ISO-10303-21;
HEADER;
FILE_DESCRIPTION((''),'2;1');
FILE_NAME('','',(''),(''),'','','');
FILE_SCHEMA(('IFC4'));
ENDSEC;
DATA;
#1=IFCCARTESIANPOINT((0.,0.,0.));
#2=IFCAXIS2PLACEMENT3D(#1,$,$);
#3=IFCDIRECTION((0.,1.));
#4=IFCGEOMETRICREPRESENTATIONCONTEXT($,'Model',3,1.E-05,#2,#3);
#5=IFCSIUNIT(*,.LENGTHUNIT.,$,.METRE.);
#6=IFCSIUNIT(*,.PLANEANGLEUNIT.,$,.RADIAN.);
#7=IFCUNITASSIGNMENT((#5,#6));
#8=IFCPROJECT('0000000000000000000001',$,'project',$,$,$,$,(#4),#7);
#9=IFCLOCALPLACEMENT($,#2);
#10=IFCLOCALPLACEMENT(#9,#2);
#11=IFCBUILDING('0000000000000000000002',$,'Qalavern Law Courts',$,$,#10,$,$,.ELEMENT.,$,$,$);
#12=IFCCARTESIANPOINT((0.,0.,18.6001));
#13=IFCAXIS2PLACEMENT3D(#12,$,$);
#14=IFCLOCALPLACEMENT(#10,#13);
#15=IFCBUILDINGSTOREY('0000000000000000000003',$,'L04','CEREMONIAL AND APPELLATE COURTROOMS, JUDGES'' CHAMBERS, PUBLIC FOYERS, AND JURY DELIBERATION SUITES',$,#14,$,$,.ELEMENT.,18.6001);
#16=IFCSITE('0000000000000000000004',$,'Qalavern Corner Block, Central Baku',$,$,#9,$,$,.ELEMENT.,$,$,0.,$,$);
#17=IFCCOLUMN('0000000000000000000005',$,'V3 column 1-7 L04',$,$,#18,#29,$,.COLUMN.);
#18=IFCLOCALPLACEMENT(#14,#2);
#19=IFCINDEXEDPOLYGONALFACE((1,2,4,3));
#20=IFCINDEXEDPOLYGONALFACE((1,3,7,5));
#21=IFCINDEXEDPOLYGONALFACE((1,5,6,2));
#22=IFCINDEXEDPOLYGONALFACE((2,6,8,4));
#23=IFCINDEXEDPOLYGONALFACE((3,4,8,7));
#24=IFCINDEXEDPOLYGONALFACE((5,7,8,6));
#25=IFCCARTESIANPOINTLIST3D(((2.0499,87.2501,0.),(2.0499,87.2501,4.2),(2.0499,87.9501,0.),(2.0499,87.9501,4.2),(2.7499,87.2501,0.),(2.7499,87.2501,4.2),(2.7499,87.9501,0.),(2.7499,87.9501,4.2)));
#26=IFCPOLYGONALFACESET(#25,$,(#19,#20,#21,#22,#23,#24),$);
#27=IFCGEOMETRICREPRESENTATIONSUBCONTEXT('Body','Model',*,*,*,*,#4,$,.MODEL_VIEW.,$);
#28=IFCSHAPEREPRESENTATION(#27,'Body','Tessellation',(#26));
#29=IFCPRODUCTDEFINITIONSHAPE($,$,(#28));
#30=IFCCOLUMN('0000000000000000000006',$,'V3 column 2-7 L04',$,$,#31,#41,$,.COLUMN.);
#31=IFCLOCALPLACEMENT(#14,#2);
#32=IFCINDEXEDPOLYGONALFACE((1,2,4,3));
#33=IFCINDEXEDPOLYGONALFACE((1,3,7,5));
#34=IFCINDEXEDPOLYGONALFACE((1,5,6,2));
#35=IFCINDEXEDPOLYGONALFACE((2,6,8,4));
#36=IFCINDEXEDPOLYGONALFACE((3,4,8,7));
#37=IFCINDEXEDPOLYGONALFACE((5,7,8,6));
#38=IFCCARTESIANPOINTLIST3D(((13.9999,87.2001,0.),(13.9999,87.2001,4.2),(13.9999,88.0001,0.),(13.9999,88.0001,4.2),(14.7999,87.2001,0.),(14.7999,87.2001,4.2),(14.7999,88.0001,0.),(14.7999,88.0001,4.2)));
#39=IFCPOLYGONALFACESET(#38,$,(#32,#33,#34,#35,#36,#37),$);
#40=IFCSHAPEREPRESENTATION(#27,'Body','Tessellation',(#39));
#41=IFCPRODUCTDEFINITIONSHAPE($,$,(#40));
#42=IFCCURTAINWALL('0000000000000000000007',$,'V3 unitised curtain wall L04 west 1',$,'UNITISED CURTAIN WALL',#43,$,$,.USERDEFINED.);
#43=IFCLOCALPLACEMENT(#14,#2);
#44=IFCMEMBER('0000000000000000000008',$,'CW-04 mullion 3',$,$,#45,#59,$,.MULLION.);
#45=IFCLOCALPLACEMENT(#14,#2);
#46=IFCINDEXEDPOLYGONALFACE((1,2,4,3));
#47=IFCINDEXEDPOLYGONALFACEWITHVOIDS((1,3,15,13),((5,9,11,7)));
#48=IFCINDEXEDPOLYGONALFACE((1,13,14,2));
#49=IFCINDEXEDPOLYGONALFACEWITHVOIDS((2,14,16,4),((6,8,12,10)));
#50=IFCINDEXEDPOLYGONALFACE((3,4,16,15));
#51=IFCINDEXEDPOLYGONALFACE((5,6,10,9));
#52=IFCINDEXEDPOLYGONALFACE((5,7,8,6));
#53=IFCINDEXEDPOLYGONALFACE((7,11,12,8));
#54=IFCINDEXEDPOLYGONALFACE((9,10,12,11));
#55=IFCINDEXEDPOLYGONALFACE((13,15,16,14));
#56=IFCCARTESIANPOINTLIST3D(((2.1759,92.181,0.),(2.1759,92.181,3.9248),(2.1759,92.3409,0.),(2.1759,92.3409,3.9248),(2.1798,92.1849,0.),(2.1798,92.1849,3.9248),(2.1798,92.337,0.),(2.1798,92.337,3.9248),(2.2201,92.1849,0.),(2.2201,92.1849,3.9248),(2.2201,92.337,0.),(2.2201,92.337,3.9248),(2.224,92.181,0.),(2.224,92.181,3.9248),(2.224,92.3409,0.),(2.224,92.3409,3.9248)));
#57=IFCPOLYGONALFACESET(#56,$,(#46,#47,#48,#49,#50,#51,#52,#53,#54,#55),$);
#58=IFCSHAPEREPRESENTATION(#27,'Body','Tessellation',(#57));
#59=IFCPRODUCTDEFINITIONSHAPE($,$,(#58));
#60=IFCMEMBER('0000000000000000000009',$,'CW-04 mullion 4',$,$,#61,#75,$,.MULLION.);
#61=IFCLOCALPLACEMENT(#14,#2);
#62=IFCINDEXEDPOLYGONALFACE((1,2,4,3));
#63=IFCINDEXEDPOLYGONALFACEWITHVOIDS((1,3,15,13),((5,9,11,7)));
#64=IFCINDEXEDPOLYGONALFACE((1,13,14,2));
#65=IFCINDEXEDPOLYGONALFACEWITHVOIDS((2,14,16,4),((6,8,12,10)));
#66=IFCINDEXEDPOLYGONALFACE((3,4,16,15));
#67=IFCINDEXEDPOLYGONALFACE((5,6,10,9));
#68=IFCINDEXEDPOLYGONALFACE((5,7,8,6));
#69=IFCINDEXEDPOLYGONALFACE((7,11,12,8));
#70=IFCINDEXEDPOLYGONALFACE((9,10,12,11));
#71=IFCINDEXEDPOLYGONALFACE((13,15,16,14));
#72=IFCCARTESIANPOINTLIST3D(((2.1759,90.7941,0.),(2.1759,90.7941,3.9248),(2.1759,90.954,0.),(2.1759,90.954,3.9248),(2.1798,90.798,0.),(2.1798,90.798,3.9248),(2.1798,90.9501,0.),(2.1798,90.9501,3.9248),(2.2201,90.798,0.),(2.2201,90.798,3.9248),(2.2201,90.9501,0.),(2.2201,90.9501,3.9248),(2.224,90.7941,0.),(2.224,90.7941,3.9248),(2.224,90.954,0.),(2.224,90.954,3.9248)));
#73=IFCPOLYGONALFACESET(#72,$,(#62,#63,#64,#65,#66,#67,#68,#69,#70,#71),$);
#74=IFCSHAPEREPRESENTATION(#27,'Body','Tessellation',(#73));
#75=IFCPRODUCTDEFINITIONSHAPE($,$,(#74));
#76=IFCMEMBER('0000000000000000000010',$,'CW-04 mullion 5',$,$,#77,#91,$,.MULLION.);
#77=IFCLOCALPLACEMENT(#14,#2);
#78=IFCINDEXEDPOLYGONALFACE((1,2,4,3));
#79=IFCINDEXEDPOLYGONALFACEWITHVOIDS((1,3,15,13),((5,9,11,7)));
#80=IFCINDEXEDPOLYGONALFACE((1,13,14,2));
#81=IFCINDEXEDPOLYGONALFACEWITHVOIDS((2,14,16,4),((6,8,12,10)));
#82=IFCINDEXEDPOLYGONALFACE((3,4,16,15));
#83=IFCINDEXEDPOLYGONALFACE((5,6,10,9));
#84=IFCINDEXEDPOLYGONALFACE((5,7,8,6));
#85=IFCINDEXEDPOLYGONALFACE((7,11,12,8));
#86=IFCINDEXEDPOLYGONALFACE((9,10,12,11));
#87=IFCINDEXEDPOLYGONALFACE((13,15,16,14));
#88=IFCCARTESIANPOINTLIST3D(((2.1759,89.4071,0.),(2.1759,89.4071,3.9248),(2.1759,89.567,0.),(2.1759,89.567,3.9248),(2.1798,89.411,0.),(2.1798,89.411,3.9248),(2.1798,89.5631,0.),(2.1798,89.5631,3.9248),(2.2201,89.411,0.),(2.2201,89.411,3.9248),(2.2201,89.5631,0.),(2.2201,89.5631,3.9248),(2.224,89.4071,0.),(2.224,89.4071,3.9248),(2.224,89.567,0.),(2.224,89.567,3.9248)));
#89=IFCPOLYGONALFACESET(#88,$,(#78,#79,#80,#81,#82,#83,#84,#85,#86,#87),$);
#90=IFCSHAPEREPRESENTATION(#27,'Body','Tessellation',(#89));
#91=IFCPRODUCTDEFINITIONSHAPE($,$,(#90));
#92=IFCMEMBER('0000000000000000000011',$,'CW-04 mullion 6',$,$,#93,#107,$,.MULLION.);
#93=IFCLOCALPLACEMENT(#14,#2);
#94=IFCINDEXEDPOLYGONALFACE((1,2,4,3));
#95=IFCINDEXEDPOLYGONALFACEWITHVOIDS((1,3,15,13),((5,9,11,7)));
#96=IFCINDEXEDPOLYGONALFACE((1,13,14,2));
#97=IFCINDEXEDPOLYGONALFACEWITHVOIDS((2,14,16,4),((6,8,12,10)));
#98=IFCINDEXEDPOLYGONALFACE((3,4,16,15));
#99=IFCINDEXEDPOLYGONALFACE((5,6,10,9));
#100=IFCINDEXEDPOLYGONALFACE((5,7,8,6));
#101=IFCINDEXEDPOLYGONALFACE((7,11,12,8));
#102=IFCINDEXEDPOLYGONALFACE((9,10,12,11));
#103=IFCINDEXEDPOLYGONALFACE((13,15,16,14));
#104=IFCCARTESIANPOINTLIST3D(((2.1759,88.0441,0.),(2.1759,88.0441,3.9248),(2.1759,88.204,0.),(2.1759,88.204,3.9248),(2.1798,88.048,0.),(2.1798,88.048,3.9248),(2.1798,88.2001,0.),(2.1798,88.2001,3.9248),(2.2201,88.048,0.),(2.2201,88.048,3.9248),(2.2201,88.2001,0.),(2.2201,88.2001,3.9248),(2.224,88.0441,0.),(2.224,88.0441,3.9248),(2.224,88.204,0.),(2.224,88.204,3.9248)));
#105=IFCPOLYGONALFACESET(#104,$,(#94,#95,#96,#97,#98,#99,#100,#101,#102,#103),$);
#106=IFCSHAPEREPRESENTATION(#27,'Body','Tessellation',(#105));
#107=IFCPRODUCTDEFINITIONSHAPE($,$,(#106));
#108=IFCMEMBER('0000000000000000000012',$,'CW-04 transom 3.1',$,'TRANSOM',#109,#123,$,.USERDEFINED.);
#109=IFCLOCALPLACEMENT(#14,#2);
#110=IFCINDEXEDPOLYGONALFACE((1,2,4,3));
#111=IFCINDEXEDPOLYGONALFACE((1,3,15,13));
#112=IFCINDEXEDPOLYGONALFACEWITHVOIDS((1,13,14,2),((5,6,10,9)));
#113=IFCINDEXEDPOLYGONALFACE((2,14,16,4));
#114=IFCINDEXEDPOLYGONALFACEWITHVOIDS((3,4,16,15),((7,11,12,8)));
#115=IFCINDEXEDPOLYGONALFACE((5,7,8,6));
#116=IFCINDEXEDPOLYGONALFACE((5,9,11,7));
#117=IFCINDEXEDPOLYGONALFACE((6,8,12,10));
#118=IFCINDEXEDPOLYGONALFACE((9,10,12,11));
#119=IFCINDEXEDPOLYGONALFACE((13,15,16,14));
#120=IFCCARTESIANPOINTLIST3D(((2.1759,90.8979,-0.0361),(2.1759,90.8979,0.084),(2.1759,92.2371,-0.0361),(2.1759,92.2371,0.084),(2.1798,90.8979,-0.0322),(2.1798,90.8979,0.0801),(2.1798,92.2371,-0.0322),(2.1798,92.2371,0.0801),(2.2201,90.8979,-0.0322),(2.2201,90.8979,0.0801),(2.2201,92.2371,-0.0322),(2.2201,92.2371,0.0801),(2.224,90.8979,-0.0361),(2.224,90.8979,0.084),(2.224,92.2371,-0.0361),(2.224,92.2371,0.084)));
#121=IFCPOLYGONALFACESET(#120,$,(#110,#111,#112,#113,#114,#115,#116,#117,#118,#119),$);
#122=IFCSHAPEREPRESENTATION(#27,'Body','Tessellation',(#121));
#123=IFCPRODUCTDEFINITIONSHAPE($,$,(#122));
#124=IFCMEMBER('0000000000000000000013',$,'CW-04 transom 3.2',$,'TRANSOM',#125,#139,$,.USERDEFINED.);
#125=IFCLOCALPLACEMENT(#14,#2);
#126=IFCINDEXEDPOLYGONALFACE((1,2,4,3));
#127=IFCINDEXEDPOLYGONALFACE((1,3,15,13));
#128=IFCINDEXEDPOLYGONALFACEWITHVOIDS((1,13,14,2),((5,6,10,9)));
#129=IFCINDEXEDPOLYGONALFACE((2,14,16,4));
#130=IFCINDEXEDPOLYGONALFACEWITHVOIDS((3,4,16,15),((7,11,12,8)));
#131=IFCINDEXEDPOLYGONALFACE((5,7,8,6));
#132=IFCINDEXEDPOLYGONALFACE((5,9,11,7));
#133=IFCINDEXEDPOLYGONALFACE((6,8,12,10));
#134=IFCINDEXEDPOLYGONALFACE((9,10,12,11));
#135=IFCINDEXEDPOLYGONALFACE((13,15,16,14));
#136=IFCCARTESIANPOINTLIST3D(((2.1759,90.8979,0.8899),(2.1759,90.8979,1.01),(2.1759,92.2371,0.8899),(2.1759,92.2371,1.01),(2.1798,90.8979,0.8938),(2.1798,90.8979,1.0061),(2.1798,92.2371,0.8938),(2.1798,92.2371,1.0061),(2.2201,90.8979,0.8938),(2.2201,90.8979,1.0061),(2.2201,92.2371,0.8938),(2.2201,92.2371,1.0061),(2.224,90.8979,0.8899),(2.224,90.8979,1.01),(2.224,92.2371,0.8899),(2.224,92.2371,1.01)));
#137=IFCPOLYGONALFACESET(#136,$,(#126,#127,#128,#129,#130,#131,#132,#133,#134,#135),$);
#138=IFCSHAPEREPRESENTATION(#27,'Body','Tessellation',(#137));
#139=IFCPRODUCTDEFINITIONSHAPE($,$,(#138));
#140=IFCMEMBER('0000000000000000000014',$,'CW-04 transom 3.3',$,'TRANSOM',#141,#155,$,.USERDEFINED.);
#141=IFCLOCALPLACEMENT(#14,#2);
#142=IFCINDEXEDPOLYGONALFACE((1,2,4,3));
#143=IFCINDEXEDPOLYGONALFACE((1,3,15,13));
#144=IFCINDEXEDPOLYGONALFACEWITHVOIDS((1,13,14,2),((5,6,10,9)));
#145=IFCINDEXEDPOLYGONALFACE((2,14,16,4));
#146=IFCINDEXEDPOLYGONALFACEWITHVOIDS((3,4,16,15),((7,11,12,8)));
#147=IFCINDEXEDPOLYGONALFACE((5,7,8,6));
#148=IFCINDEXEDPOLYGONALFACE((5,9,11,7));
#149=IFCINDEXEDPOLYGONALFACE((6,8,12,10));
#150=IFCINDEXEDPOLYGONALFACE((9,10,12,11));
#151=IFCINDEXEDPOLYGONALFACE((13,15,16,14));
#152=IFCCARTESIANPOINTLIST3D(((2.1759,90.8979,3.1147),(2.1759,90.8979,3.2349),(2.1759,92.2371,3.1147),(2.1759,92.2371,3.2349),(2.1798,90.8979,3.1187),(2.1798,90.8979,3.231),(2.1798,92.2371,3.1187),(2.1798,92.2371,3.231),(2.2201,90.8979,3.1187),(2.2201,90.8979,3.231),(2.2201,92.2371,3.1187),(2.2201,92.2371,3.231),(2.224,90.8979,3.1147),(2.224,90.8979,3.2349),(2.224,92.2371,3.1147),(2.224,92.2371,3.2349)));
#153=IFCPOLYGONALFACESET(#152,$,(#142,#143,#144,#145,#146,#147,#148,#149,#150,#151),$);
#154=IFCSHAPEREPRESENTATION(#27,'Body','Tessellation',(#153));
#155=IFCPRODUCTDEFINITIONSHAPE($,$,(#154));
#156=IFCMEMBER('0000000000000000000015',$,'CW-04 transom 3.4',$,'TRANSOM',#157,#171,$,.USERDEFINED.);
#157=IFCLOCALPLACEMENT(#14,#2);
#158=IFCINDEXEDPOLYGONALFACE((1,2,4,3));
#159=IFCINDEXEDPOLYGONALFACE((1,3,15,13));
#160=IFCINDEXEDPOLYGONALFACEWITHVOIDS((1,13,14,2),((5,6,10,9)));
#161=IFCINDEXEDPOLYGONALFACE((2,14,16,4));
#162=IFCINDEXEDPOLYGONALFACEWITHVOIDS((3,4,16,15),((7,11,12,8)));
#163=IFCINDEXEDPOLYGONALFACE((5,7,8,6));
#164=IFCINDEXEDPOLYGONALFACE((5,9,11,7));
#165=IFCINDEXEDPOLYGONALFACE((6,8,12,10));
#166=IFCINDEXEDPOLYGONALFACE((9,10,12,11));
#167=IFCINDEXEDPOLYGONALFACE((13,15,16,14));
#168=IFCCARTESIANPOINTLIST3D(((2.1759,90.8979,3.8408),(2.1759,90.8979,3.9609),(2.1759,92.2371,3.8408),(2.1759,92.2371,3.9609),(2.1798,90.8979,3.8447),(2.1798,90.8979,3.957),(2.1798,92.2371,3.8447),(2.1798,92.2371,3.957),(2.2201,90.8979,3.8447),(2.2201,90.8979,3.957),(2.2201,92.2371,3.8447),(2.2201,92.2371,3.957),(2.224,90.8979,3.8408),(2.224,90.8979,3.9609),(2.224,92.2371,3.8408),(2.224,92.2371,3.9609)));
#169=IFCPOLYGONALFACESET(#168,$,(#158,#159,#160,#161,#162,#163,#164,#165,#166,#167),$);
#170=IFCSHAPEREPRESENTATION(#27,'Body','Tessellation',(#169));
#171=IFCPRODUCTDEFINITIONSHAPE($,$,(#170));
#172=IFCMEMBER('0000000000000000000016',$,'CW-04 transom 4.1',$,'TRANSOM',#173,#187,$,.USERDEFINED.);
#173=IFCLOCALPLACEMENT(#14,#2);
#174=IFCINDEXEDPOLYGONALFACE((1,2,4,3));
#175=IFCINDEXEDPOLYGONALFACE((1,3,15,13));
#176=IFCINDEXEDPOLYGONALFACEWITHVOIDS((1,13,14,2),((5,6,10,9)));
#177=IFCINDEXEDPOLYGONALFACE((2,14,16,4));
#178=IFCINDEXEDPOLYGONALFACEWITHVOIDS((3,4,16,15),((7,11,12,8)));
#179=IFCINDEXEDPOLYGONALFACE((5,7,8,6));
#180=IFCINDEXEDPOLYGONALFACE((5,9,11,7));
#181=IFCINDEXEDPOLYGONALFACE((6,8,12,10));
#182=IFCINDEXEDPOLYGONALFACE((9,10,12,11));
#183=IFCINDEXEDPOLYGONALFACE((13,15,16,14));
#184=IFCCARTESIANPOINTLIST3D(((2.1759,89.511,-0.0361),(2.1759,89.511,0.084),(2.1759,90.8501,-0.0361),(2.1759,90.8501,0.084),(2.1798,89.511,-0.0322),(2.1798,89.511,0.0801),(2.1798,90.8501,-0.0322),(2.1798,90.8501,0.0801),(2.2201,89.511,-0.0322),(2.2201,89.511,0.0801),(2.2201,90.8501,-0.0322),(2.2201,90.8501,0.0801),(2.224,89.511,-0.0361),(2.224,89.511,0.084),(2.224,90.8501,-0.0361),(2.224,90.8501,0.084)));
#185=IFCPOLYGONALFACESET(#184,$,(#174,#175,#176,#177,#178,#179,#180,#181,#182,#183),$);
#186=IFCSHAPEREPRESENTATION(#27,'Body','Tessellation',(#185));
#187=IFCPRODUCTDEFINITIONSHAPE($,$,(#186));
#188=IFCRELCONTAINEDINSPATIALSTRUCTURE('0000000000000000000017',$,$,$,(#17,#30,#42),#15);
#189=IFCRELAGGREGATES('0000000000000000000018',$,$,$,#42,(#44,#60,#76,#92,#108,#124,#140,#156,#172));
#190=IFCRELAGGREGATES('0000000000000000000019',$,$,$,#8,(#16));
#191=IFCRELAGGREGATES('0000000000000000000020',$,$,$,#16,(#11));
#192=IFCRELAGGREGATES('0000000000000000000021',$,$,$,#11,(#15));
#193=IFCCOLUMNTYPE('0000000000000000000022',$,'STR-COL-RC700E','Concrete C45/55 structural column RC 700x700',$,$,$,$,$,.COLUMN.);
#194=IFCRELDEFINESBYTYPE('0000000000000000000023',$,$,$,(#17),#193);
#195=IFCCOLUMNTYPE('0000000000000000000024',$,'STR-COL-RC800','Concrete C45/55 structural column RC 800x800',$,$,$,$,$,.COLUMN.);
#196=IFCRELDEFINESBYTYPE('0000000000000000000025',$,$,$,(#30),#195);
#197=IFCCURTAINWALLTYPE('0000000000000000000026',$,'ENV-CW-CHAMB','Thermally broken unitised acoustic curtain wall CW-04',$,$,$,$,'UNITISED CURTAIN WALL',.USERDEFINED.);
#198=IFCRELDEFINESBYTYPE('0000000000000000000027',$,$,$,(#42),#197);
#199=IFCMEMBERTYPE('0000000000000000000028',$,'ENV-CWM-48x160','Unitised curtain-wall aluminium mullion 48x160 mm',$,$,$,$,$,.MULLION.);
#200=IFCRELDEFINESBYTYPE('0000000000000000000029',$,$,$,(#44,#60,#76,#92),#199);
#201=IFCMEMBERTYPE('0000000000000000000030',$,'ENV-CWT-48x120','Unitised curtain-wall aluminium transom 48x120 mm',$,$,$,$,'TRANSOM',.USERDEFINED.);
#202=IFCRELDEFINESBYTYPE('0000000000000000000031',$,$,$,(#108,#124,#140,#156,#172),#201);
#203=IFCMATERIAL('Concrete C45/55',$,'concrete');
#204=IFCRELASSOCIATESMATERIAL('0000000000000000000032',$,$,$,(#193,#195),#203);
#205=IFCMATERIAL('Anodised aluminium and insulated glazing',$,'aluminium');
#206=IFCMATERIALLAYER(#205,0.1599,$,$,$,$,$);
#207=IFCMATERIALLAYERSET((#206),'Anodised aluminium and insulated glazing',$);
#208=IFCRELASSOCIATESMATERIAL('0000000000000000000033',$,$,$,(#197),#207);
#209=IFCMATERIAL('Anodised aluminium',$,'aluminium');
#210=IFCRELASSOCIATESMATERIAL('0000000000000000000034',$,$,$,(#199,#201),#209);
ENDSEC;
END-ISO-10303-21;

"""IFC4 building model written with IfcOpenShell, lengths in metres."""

from ifc_helpers import new_model, si_unit, direction, frame, origin, origin_2d, place, context, subcontext, project, spatial, rectangle, hollow_rectangle, extrude, material, layer, layer_set, material_profile, profile_set, type_object, element, aggregate, save


model = new_model("IFC4")

# Units and contexts
model_context = context("Model", 3, precision=1e-05, world=origin(), true_north=direction((0.0, 1.0)))
body_context = subcontext(model_context, "Body", "Model", "MODEL_VIEW")
ifc_project = project(units=[si_unit("LENGTHUNIT", "METRE"), si_unit("PLANEANGLEUNIT", "RADIAN")], contexts=[model_context])

# Site, building, storey
site_placement = place(None, origin())
site = spatial("IfcSite", under=ifc_project, at=site_placement, Name="Qalavern Corner Block, Central Baku", CompositionType="ELEMENT", RefElevation=0.0)
building_placement = place(site_placement, origin())
building = spatial("IfcBuilding", under=site, at=building_placement, Name="Qalavern Law Courts", CompositionType="ELEMENT")
storey_placement = place(building_placement, frame((0.0, 0.0, 18.6001)))
storey = spatial("IfcBuildingStorey", under=building, at=storey_placement, Name="L04", Description="CEREMONIAL AND APPELLATE COURTROOMS, JUDGES' CHAMBERS, PUBLIC FOYERS, AND JURY DELIBERATION SUITES", CompositionType="ELEMENT", Elevation=18.6001)

# Columns
ifc_material_1 = material(Name="Concrete C45/55", Category="concrete")
ifc_material_profile_1 = material_profile(ifc_material_1, rectangle(XDim=0.7, YDim=0.7, at=origin_2d()), Name="RC 700x700")
ifc_profile_set_1 = profile_set([ifc_material_profile_1], Name="Concrete C45/55")
column_type_1 = type_object("IfcColumnType", Name="STR-COL-RC700E", Description="Concrete C45/55 structural column RC 700x700", PredefinedType="COLUMN", material=ifc_profile_set_1)
column_1_placement = place(storey_placement, frame((2.3999, 87.6001, 0.0), z_axis=(0.0, 0.0, 1.0), x_axis=(1.0, 0.0, 0.0)))
element("IfcColumn", 1, at=column_1_placement, inside=storey, type_object=column_type_1, Name="V3 column 1-7 L04", PredefinedType="COLUMN", context=body_context, shape_type="SweptSolid", body=[
    extrude(rectangle(XDim=0.7, YDim=0.7, at=origin_2d()), origin(), (0.0, 0.0, 1.0), 4.2),
])
ifc_material_profile_2 = material_profile(ifc_material_1, rectangle(XDim=0.8, YDim=0.8, at=origin_2d()), Name="RC 800x800")
ifc_profile_set_2 = profile_set([ifc_material_profile_2], Name="Concrete C45/55")
column_type_2 = type_object("IfcColumnType", Name="STR-COL-RC800", Description="Concrete C45/55 structural column RC 800x800", PredefinedType="COLUMN", material=ifc_profile_set_2)
column_2_placement = place(storey_placement, frame((14.3999, 87.6001, 0.0), z_axis=(0.0, 0.0, 1.0), x_axis=(1.0, 0.0, 0.0)))
element("IfcColumn", 2, at=column_2_placement, inside=storey, type_object=column_type_2, Name="V3 column 2-7 L04", PredefinedType="COLUMN", context=body_context, shape_type="SweptSolid", body=[
    extrude(rectangle(XDim=0.8, YDim=0.8, at=origin_2d()), origin(), (0.0, 0.0, 1.0), 4.2),
])

# Curtain wall, members
ifc_material_2 = material(Name="Anodised aluminium and insulated glazing", Category="aluminium")
ifc_layer_1 = layer(ifc_material_2, 0.1599)
ifc_layer_set_1 = layer_set([ifc_layer_1], Name="Anodised aluminium and insulated glazing")
curtain_wall_type = type_object("IfcCurtainWallType", Name="ENV-CW-CHAMB", Description="Thermally broken unitised acoustic curtain wall CW-04", ElementType="UNITISED CURTAIN WALL", PredefinedType="USERDEFINED", material=ifc_layer_set_1)
curtain_wall_placement = place(storey_placement, origin())
curtain_wall = element("IfcCurtainWall", 3, at=curtain_wall_placement, inside=storey, type_object=curtain_wall_type, Name="V3 unitised curtain wall L04 west 1", ObjectType="UNITISED CURTAIN WALL", PredefinedType="USERDEFINED")
ifc_material_3 = material(Name="Anodised aluminium", Category="aluminium")
ifc_material_profile_3 = material_profile(ifc_material_3, hollow_rectangle(XDim=0.0481, YDim=0.1599, WallThickness=0.0039, at=origin_2d()), Name="ALU MULLION 48x160")
ifc_profile_set_3 = profile_set([ifc_material_profile_3], Name="Anodised aluminium")
member_type_1 = type_object("IfcMemberType", Name="ENV-CWM-48x160", Description="Unitised curtain-wall aluminium mullion 48x160 mm", PredefinedType="MULLION", material=ifc_profile_set_3)
member_1_placement = place(storey_placement, frame((2.2, 92.261, 0.0), z_axis=(0.0, 0.0, 1.0), x_axis=(1.0, 0.0, 0.0)))
member_1 = element("IfcMember", 4, at=member_1_placement, type_object=member_type_1, Name="CW-04 mullion 3", PredefinedType="MULLION", context=body_context, shape_type="SweptSolid", body=[
    extrude(hollow_rectangle(XDim=0.0481, YDim=0.1599, WallThickness=0.0039, at=origin_2d()), origin(), (0.0, 0.0, 1.0), 3.9248),
])
member_2_placement = place(storey_placement, frame((2.2, 90.874, 0.0), z_axis=(0.0, 0.0, 1.0), x_axis=(1.0, 0.0, 0.0)))
member_2 = element("IfcMember", 5, at=member_2_placement, type_object=member_type_1, Name="CW-04 mullion 4", PredefinedType="MULLION", context=body_context, shape_type="SweptSolid", body=[
    extrude(hollow_rectangle(XDim=0.0481, YDim=0.1599, WallThickness=0.0039, at=origin_2d()), origin(), (0.0, 0.0, 1.0), 3.9248),
])
member_3_placement = place(storey_placement, frame((2.2, 89.4871, 0.0), z_axis=(0.0, 0.0, 1.0), x_axis=(1.0, 0.0, 0.0)))
member_3 = element("IfcMember", 6, at=member_3_placement, type_object=member_type_1, Name="CW-04 mullion 5", PredefinedType="MULLION", context=body_context, shape_type="SweptSolid", body=[
    extrude(hollow_rectangle(XDim=0.0481, YDim=0.1599, WallThickness=0.0039, at=origin_2d()), origin(), (0.0, 0.0, 1.0), 3.9248),
])
member_4_placement = place(storey_placement, frame((2.2, 88.124, 0.0), z_axis=(0.0, 0.0, 1.0), x_axis=(1.0, 0.0, 0.0)))
member_4 = element("IfcMember", 7, at=member_4_placement, type_object=member_type_1, Name="CW-04 mullion 6", PredefinedType="MULLION", context=body_context, shape_type="SweptSolid", body=[
    extrude(hollow_rectangle(XDim=0.0481, YDim=0.1599, WallThickness=0.0039, at=origin_2d()), origin(), (0.0, 0.0, 1.0), 3.9248),
])
ifc_material_profile_4 = material_profile(ifc_material_3, hollow_rectangle(XDim=0.0481, YDim=0.1201, WallThickness=0.0039, at=origin_2d()), Name="ALU TRANSOM 48x120")
ifc_profile_set_4 = profile_set([ifc_material_profile_4], Name="Anodised aluminium")
member_type_2 = type_object("IfcMemberType", Name="ENV-CWT-48x120", Description="Unitised curtain-wall aluminium transom 48x120 mm", ElementType="TRANSOM", PredefinedType="USERDEFINED", material=ifc_profile_set_4)
member_5_placement = place(storey_placement, frame((2.2, 92.2371, 0.0239), z_axis=(0.0, -1.0, 0.0), x_axis=(1.0, 0.0, 0.0)))
member_5 = element("IfcMember", 8, at=member_5_placement, type_object=member_type_2, Name="CW-04 transom 3.1", ObjectType="TRANSOM", PredefinedType="USERDEFINED", context=body_context, shape_type="SweptSolid", body=[
    extrude(hollow_rectangle(XDim=0.0481, YDim=0.1201, WallThickness=0.0039, at=origin_2d()), origin(), (0.0, 0.0, 1.0), 1.3391),
])
member_6_placement = place(storey_placement, frame((2.2, 92.2371, 0.95), z_axis=(0.0, -1.0, 0.0), x_axis=(1.0, 0.0, 0.0)))
member_6 = element("IfcMember", 9, at=member_6_placement, type_object=member_type_2, Name="CW-04 transom 3.2", ObjectType="TRANSOM", PredefinedType="USERDEFINED", context=body_context, shape_type="SweptSolid", body=[
    extrude(hollow_rectangle(XDim=0.0481, YDim=0.1201, WallThickness=0.0039, at=origin_2d()), origin(), (0.0, 0.0, 1.0), 1.3391),
])
member_7_placement = place(storey_placement, frame((2.2, 92.2371, 3.1748), z_axis=(0.0, -1.0, 0.0), x_axis=(1.0, 0.0, 0.0)))
member_7 = element("IfcMember", 10, at=member_7_placement, type_object=member_type_2, Name="CW-04 transom 3.3", ObjectType="TRANSOM", PredefinedType="USERDEFINED", context=body_context, shape_type="SweptSolid", body=[
    extrude(hollow_rectangle(XDim=0.0481, YDim=0.1201, WallThickness=0.0039, at=origin_2d()), origin(), (0.0, 0.0, 1.0), 1.3391),
])
member_8_placement = place(storey_placement, frame((2.2, 92.2371, 3.9009), z_axis=(0.0, -1.0, 0.0), x_axis=(1.0, 0.0, 0.0)))
member_8 = element("IfcMember", 11, at=member_8_placement, type_object=member_type_2, Name="CW-04 transom 3.4", ObjectType="TRANSOM", PredefinedType="USERDEFINED", context=body_context, shape_type="SweptSolid", body=[
    extrude(hollow_rectangle(XDim=0.0481, YDim=0.1201, WallThickness=0.0039, at=origin_2d()), origin(), (0.0, 0.0, 1.0), 1.3391),
])
member_9_placement = place(storey_placement, frame((2.2, 90.8501, 0.0239), z_axis=(0.0, -1.0, 0.0), x_axis=(1.0, 0.0, 0.0)))
member_9 = element("IfcMember", 12, at=member_9_placement, type_object=member_type_2, Name="CW-04 transom 4.1", ObjectType="TRANSOM", PredefinedType="USERDEFINED", context=body_context, shape_type="SweptSolid", body=[
    extrude(hollow_rectangle(XDim=0.0481, YDim=0.1201, WallThickness=0.0039, at=origin_2d()), origin(), (0.0, 0.0, 1.0), 1.3391),
])

aggregate(curtain_wall, [member_1, member_2, member_3, member_4, member_5, member_6, member_7, member_8, member_9])

save(model, "model.ifc")
